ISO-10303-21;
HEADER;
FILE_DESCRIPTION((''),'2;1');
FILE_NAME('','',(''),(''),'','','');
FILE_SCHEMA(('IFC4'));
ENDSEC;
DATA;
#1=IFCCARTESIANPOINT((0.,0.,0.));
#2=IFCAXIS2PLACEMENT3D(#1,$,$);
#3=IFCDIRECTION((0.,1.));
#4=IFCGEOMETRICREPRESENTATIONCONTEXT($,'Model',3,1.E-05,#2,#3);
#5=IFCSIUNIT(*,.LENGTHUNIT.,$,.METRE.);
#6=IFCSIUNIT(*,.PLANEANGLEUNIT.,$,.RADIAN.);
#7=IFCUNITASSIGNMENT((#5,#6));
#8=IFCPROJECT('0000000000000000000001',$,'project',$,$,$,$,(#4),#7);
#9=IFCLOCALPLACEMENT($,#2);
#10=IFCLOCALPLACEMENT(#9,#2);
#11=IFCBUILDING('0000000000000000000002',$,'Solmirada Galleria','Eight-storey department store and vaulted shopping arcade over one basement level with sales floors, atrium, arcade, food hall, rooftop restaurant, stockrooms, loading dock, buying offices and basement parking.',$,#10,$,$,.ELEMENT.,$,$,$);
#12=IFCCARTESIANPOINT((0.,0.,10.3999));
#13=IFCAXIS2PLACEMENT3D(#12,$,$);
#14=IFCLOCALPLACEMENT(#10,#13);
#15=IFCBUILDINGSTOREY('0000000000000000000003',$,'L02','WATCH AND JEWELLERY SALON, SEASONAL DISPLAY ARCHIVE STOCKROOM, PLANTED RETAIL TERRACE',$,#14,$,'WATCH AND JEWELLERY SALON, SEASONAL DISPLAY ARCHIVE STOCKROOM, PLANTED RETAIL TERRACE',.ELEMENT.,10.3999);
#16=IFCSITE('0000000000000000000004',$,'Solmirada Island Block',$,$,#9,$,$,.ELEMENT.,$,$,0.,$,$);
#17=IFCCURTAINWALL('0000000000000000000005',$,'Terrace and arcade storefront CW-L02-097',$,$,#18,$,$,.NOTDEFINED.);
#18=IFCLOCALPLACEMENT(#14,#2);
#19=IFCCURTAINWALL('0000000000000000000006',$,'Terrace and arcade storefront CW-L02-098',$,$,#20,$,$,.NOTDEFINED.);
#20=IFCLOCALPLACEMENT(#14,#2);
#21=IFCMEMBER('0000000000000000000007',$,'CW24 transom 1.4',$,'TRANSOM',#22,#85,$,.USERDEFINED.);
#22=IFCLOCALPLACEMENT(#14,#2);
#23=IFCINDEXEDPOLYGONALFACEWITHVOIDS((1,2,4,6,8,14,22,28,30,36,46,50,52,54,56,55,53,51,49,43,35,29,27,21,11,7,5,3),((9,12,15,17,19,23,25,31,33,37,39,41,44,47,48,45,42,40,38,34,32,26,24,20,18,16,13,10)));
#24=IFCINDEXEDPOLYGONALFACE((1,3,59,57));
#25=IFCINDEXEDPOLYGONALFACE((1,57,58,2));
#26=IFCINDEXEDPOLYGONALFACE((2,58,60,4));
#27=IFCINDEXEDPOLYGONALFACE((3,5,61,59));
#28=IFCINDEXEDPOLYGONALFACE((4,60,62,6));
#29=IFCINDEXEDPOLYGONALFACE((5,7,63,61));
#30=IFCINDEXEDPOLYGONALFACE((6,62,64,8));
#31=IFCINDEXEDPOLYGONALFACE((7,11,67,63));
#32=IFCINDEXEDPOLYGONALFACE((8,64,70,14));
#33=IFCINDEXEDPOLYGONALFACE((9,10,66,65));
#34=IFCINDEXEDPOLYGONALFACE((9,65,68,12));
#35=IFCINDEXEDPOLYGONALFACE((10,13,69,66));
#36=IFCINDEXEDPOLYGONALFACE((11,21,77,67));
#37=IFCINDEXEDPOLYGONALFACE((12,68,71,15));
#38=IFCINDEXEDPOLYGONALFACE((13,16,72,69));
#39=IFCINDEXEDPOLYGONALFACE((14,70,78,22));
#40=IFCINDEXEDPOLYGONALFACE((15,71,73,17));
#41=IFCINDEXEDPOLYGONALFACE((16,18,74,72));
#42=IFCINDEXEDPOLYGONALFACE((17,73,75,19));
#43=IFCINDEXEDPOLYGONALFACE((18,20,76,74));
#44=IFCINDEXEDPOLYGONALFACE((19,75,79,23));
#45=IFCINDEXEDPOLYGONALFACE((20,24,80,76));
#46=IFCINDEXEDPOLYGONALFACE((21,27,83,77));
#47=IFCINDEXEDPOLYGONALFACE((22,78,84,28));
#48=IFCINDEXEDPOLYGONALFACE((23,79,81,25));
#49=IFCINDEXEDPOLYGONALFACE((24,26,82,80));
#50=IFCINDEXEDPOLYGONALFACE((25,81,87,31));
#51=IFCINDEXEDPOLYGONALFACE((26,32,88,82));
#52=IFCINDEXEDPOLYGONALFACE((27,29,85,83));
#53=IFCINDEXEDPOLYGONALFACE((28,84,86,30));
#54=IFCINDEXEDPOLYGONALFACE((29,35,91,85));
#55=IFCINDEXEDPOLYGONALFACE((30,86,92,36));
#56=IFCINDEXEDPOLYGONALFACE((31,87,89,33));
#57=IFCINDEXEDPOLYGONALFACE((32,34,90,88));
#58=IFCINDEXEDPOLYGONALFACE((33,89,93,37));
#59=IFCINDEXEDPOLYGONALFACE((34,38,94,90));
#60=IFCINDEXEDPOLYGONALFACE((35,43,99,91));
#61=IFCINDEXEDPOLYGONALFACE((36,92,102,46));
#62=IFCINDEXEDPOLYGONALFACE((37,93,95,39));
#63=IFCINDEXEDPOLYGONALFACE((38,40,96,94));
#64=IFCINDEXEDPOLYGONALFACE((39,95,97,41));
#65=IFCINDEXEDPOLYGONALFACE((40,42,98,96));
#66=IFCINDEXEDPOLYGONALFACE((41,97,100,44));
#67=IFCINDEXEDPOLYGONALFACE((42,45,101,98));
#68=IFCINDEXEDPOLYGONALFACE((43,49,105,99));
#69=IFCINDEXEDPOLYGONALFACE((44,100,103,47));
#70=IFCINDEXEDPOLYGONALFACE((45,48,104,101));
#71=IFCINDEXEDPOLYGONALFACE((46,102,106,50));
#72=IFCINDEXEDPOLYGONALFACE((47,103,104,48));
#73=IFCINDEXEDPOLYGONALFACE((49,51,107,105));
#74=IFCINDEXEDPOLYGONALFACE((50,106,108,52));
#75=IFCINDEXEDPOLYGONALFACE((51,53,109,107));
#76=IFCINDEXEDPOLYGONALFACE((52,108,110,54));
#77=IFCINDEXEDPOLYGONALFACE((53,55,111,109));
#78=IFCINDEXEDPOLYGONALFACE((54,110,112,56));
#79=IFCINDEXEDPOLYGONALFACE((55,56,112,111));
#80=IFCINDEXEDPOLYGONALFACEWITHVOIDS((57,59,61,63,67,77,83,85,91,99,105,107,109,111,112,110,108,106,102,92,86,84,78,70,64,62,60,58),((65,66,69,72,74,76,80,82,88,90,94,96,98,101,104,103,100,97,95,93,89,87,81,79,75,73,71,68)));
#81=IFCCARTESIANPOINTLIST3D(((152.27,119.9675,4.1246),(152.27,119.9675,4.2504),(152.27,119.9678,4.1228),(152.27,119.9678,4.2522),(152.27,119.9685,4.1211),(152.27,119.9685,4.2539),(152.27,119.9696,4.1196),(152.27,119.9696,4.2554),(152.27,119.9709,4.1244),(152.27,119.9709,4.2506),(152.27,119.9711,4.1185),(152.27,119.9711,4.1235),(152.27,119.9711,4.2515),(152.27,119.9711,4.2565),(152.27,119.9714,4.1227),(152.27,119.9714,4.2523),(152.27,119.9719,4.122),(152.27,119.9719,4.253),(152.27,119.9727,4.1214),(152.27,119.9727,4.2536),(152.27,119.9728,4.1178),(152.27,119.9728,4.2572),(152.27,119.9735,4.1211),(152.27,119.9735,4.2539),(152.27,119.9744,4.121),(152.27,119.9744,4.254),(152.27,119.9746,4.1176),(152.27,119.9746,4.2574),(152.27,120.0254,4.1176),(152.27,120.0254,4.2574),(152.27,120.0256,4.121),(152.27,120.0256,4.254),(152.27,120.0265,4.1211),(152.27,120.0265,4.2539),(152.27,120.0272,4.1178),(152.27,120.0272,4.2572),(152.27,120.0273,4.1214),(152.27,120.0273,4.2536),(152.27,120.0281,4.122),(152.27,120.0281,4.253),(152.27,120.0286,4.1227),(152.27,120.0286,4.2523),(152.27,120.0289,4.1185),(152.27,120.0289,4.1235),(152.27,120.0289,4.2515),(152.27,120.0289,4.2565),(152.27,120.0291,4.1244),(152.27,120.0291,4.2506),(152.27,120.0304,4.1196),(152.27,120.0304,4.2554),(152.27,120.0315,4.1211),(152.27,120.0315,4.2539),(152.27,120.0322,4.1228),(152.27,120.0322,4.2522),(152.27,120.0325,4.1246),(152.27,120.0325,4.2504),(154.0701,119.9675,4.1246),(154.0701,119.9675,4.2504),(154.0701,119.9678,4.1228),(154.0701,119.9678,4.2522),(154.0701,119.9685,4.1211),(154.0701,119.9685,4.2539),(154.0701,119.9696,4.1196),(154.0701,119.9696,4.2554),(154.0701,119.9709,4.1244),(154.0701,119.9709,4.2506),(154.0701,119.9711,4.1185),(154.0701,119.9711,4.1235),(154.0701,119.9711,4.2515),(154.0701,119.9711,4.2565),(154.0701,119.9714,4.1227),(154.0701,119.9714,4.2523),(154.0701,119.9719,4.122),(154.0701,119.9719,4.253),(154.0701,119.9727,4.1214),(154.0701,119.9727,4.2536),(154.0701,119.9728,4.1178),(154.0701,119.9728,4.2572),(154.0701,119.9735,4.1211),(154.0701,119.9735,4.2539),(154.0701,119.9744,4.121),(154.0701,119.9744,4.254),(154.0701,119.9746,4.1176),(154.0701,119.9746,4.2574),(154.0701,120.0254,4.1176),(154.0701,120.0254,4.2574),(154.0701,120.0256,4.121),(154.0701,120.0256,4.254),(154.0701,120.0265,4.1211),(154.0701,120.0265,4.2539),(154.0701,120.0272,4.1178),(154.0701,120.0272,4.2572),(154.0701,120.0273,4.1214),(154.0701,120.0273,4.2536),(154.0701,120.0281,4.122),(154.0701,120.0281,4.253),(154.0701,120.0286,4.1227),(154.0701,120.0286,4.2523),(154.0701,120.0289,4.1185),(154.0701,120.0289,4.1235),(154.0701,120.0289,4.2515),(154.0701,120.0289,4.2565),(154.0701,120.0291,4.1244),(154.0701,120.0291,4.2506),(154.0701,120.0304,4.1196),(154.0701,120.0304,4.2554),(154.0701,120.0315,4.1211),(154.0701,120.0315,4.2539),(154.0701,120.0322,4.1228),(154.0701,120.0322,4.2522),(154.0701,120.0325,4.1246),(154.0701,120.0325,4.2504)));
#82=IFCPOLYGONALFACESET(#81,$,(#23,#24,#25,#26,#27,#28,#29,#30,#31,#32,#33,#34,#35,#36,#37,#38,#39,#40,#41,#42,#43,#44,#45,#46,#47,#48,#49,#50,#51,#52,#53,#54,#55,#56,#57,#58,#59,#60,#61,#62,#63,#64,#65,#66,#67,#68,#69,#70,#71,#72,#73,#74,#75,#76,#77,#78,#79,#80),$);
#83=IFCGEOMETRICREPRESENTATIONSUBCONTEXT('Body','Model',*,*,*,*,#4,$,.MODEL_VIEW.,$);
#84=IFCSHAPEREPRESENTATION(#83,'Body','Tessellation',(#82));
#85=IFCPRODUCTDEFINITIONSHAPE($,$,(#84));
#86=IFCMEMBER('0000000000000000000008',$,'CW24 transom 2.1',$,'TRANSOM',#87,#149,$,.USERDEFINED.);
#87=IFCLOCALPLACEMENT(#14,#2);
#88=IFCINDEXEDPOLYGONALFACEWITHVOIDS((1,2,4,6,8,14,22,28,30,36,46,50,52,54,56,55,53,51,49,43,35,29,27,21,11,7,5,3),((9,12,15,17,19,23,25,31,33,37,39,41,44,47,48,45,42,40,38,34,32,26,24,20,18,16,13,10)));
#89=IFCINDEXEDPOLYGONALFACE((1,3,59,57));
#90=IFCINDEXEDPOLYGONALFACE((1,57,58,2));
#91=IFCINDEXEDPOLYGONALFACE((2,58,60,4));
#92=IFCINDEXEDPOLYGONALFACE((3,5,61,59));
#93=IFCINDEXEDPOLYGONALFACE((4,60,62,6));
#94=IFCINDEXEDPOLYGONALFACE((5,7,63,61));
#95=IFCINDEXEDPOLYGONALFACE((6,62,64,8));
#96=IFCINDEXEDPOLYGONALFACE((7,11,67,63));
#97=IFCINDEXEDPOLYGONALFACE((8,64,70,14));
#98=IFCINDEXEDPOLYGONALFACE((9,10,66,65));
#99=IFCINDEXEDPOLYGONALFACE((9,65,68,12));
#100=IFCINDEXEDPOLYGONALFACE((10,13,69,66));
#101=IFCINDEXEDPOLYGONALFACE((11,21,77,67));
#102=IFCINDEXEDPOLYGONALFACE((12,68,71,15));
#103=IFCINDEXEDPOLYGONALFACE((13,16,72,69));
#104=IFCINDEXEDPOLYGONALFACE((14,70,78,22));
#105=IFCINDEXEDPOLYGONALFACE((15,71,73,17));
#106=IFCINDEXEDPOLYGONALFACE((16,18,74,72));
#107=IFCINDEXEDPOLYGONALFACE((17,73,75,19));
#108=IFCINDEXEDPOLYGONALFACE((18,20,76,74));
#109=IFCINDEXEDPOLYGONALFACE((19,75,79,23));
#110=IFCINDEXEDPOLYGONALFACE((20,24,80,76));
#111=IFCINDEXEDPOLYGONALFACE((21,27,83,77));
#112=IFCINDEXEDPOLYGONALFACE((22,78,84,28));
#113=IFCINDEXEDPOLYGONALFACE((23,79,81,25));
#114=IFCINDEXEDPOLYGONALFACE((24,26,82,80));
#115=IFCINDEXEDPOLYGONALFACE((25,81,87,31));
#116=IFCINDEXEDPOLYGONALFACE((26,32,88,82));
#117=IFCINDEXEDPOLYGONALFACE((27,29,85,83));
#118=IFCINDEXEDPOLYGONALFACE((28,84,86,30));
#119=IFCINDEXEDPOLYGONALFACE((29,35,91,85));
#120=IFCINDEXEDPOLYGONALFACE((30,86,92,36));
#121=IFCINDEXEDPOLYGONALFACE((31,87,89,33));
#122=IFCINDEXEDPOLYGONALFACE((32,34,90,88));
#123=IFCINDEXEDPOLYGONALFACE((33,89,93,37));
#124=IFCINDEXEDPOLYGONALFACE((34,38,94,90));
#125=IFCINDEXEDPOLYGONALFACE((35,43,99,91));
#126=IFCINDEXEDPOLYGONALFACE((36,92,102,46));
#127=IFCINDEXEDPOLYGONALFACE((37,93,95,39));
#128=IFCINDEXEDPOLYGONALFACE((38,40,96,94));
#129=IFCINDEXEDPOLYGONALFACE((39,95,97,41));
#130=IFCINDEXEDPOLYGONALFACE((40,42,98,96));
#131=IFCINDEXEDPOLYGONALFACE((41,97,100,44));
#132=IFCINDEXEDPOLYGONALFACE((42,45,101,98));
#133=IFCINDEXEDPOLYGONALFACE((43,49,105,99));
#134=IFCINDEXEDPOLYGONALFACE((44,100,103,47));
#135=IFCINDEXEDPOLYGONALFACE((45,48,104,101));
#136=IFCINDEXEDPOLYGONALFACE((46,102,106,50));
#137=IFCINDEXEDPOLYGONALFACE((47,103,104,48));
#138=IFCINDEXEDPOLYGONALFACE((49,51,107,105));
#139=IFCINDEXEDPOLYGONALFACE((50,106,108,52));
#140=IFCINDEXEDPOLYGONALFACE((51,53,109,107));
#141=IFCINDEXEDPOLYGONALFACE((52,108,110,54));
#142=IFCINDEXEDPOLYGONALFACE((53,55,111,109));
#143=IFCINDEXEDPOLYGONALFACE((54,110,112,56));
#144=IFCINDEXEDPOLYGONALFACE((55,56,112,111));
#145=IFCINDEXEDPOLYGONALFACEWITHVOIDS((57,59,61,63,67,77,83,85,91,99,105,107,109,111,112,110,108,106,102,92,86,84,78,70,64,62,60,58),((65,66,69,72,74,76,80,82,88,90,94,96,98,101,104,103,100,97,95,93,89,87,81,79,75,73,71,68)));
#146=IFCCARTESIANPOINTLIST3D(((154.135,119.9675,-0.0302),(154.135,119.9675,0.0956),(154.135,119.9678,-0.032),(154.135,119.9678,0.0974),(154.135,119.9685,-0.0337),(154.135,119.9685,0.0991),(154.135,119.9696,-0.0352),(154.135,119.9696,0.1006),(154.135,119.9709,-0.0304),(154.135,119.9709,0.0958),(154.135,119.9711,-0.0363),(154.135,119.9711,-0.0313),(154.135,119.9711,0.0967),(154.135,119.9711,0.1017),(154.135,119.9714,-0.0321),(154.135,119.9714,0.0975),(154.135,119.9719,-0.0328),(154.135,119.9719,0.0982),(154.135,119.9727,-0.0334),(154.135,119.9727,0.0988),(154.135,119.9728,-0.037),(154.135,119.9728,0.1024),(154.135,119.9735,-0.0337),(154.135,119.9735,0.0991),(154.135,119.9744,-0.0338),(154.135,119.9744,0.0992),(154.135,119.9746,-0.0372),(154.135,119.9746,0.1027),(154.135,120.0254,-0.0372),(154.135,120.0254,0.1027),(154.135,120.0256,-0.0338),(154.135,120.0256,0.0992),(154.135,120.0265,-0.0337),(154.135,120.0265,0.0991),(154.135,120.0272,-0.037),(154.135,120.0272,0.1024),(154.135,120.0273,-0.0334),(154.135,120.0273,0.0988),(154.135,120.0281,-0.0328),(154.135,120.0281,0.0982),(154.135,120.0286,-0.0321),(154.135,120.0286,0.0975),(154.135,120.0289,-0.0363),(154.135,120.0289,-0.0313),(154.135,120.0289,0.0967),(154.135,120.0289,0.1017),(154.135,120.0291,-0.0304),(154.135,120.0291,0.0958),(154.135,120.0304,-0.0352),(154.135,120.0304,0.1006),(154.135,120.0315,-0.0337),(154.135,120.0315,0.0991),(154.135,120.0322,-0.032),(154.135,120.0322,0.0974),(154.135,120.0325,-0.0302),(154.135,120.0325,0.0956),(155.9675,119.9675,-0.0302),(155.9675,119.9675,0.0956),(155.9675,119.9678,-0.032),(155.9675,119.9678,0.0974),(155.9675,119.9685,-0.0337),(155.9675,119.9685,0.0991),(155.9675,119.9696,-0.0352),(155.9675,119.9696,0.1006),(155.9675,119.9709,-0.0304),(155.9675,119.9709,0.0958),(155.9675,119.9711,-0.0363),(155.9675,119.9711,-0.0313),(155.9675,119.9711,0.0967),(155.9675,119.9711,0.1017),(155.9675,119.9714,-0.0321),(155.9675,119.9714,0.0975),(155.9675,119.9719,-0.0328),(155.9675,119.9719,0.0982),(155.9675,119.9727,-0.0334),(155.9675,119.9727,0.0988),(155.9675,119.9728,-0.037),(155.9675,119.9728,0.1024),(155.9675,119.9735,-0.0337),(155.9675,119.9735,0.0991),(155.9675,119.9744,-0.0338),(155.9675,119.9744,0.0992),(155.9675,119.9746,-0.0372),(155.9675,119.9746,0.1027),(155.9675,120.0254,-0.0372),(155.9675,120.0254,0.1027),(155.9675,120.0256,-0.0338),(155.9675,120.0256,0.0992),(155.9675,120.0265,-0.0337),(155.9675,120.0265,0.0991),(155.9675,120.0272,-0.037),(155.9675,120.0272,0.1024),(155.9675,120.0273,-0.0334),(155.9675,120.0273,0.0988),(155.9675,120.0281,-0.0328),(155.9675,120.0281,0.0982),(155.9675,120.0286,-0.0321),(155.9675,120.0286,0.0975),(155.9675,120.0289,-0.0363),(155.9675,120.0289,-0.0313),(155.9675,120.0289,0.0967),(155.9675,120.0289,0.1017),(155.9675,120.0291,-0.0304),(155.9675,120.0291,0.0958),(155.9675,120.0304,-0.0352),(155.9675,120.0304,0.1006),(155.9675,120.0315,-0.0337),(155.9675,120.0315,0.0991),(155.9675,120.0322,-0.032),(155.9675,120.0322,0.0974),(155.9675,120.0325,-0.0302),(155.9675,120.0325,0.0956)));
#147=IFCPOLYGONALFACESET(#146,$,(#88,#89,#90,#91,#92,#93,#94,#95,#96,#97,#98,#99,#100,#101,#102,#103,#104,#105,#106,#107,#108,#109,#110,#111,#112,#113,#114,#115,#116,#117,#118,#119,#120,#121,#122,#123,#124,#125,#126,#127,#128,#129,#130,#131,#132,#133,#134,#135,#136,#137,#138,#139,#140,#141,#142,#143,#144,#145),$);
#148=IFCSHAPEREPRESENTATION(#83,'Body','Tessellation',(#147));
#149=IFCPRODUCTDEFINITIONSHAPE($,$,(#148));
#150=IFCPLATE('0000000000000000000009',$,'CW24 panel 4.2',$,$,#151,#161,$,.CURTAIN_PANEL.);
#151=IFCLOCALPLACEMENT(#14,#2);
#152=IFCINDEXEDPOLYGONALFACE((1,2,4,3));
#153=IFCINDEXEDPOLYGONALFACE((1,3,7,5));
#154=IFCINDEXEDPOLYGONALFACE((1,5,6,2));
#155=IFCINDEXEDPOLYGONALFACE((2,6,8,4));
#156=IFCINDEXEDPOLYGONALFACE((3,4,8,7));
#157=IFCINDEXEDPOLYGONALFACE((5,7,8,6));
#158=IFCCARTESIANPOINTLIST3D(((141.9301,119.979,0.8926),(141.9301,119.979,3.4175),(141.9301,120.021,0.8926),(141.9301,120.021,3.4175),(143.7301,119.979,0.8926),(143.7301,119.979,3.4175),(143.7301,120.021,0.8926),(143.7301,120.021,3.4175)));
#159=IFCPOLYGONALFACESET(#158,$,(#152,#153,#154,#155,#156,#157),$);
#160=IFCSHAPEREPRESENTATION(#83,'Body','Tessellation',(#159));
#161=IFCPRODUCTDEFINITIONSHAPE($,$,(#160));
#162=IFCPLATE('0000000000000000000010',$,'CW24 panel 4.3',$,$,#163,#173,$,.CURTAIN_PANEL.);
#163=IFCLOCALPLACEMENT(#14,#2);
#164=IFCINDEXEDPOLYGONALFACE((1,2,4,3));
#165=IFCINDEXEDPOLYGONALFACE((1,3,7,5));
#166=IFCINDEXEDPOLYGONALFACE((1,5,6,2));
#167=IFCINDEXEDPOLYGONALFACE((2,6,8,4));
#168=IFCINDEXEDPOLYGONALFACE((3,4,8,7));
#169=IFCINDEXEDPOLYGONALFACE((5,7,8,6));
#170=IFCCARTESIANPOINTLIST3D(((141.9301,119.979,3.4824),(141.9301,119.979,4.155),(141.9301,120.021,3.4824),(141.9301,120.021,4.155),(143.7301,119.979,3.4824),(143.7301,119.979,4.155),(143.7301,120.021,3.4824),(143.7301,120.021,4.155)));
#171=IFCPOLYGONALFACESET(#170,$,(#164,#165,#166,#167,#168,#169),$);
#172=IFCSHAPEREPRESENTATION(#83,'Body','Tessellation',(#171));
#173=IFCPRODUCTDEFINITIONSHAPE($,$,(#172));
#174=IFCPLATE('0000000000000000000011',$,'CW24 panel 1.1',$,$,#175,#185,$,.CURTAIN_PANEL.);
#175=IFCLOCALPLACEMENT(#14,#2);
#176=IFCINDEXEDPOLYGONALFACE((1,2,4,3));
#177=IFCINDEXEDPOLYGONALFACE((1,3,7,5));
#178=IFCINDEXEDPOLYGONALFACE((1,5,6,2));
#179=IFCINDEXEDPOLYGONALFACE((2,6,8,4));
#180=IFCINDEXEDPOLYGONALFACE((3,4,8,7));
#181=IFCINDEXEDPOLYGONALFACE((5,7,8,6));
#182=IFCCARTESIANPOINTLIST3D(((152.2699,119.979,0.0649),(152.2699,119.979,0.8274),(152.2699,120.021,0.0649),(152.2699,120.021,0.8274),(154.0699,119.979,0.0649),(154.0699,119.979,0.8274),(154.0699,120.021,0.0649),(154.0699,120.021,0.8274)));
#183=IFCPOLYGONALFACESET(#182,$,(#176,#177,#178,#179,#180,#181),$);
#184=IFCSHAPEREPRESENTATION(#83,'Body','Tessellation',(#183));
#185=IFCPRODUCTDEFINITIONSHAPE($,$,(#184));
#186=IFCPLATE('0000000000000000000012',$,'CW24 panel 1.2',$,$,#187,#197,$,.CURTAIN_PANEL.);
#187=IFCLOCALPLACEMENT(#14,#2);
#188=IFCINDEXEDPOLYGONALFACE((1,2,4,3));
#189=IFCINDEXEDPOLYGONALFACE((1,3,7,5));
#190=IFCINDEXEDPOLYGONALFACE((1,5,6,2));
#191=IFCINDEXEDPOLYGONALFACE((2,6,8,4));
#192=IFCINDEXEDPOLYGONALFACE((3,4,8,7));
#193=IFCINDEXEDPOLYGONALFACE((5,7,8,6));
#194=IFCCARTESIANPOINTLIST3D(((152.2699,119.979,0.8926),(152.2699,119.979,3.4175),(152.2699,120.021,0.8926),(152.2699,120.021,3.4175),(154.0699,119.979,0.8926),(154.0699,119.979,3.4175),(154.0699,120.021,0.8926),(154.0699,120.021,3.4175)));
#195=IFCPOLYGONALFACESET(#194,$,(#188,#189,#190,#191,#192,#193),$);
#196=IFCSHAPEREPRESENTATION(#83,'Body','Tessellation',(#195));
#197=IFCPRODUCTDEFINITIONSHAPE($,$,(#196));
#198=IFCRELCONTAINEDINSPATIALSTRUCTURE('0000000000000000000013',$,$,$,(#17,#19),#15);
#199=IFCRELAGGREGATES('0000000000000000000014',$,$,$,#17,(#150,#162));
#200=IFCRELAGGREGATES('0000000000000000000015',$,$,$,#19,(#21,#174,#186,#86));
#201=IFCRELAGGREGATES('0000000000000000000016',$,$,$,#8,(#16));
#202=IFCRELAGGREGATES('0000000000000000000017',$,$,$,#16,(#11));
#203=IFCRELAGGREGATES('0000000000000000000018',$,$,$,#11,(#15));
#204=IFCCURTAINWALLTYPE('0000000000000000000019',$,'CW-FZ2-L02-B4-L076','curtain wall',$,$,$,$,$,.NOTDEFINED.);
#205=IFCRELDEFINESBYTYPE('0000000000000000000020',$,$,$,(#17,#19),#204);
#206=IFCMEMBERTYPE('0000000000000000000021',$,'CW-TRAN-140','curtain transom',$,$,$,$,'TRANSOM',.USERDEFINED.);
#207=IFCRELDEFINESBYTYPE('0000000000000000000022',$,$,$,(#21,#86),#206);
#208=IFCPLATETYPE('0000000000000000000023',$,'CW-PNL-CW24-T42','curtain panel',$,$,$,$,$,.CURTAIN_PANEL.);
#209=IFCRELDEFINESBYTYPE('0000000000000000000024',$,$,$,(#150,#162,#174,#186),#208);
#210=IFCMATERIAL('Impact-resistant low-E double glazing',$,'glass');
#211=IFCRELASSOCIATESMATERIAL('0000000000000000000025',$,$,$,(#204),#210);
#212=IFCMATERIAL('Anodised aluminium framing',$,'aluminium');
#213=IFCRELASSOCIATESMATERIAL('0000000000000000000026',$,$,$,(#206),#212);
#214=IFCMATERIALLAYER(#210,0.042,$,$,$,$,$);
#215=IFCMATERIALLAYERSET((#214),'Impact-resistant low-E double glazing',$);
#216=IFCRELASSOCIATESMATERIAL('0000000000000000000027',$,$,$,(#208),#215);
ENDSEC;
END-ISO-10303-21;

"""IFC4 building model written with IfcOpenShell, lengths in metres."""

from ifc_helpers import new_model, si_unit, direction, frame, origin, origin_2d, place, context, subcontext, project, spatial, rectangle, hollow_rectangle, extrude, material, layer, layer_set, material_profile, profile_set, type_object, element, aggregate, save


model = new_model("IFC4")

# Units and contexts
model_context = context("Model", 3, precision=1e-05, world=origin(), true_north=direction((0.0, 1.0)))
body_context = subcontext(model_context, "Body", "Model", "MODEL_VIEW")
ifc_project = project(units=[si_unit("LENGTHUNIT", "METRE"), si_unit("PLANEANGLEUNIT", "RADIAN")], contexts=[model_context])

# Site, building, storey
site_placement = place(None, origin())
site = spatial("IfcSite", under=ifc_project, at=site_placement, Name="Solmirada Island Block", CompositionType="ELEMENT", RefElevation=0.0)
building_placement = place(site_placement, origin())
building = spatial("IfcBuilding", under=site, at=building_placement, Name="Solmirada Galleria", Description="Eight-storey department store and vaulted shopping arcade over one basement level with sales floors, atrium, arcade, food hall, rooftop restaurant, stockrooms, loading dock, buying offices and basement parking.", CompositionType="ELEMENT")
storey_placement = place(building_placement, frame((0.0, 0.0, 10.3999)))
storey = spatial("IfcBuildingStorey", under=building, at=storey_placement, Name="L02", Description="WATCH AND JEWELLERY SALON, SEASONAL DISPLAY ARCHIVE STOCKROOM, PLANTED RETAIL TERRACE", LongName="WATCH AND JEWELLERY SALON, SEASONAL DISPLAY ARCHIVE STOCKROOM, PLANTED RETAIL TERRACE", CompositionType="ELEMENT", Elevation=10.3999)

# Curtain wall
ifc_material_1 = material(Name="Impact-resistant low-E double glazing", Category="glass")
curtain_wall_type = type_object("IfcCurtainWallType", Name="CW-FZ2-L02-B4-L076", Description="curtain wall", PredefinedType="NOTDEFINED", material=ifc_material_1)
curtain_wall_1_placement = place(storey_placement, origin())
curtain_wall_1 = element("IfcCurtainWall", 1, at=curtain_wall_1_placement, inside=storey, type_object=curtain_wall_type, Name="Terrace and arcade storefront CW-L02-097", PredefinedType="NOTDEFINED")
ifc_material_2 = material(Name="Anodised aluminium framing", Category="aluminium")

# Curtain wall, members
curtain_wall_2_placement = place(storey_placement, origin())
curtain_wall_2 = element("IfcCurtainWall", 2, at=curtain_wall_2_placement, inside=storey, type_object=curtain_wall_type, Name="Terrace and arcade storefront CW-L02-098", PredefinedType="NOTDEFINED")
ifc_material_profile_1 = material_profile(ifc_material_2, hollow_rectangle(XDim=0.0649, YDim=0.1399, WallThickness=0.0034, InnerFilletRadius=0.0034, OuterFilletRadius=0.0071, at=origin_2d()), Name="ALU-TRAN-140X65")
ifc_profile_set_1 = profile_set([ifc_material_profile_1], Name="Anodised aluminium framing")
member_type_1 = type_object("IfcMemberType", Name="CW-TRAN-140", Description="curtain transom", ElementType="TRANSOM", PredefinedType="USERDEFINED", material=ifc_profile_set_1)
member_1_placement = place(storey_placement, frame((152.27, 120.0, 4.1875), z_axis=(1.0, 0.0, 0.0), x_axis=(0.0, 1.0, 0.0)))
member_1 = element("IfcMember", 3, at=member_1_placement, type_object=member_type_1, Name="CW24 transom 1.4", ObjectType="TRANSOM", PredefinedType="USERDEFINED", context=body_context, shape_type="SweptSolid", body=[
    extrude(hollow_rectangle(XDim=0.0649, YDim=0.1399, WallThickness=0.0034, InnerFilletRadius=0.0034, OuterFilletRadius=0.0071, at=origin_2d()), origin(), (0.0, 0.0, 1.0), 1.8),
])
member_2_placement = place(storey_placement, frame((154.135, 120.0, 0.0327), z_axis=(1.0, 0.0, 0.0), x_axis=(0.0, 1.0, 0.0)))
member_2 = element("IfcMember", 4, at=member_2_placement, type_object=member_type_1, Name="CW24 transom 2.1", ObjectType="TRANSOM", PredefinedType="USERDEFINED", context=body_context, shape_type="SweptSolid", body=[
    extrude(hollow_rectangle(XDim=0.0649, YDim=0.1399, WallThickness=0.0034, InnerFilletRadius=0.0034, OuterFilletRadius=0.0071, at=origin_2d()), origin(), (0.0, 0.0, 1.0), 1.8325),
])

# Plates
ifc_layer_1 = layer(ifc_material_1, 0.042)
ifc_layer_set_1 = layer_set([ifc_layer_1], Name="Impact-resistant low-E double glazing")
plate_type = type_object("IfcPlateType", Name="CW-PNL-CW24-T42", Description="curtain panel", PredefinedType="CURTAIN_PANEL", material=ifc_layer_set_1)
plate_1_placement = place(storey_placement, frame((142.8301, 120.0, 0.8926), z_axis=(0.0, 0.0, 1.0), x_axis=(1.0, 0.0, 0.0)))
plate_1 = element("IfcPlate", 5, at=plate_1_placement, type_object=plate_type, Name="CW24 panel 4.2", PredefinedType="CURTAIN_PANEL", context=body_context, shape_type="SweptSolid", body=[
    extrude(rectangle(XDim=1.8, YDim=0.042, at=origin_2d()), origin(), (0.0, 0.0, 1.0), 2.5249),
])
plate_2_placement = place(storey_placement, frame((142.8301, 120.0, 3.4824), z_axis=(0.0, 0.0, 1.0), x_axis=(1.0, 0.0, 0.0)))
plate_2 = element("IfcPlate", 6, at=plate_2_placement, type_object=plate_type, Name="CW24 panel 4.3", PredefinedType="CURTAIN_PANEL", context=body_context, shape_type="SweptSolid", body=[
    extrude(rectangle(XDim=1.8, YDim=0.042, at=origin_2d()), origin(), (0.0, 0.0, 1.0), 0.6726),
])
aggregate(curtain_wall_1, [plate_1, plate_2])
plate_3_placement = place(storey_placement, frame((153.1699, 120.0, 0.0649), z_axis=(0.0, 0.0, 1.0), x_axis=(1.0, 0.0, 0.0)))
plate_3 = element("IfcPlate", 7, at=plate_3_placement, type_object=plate_type, Name="CW24 panel 1.1", PredefinedType="CURTAIN_PANEL", context=body_context, shape_type="SweptSolid", body=[
    extrude(rectangle(XDim=1.8, YDim=0.042, at=origin_2d()), origin(), (0.0, 0.0, 1.0), 0.7625),
])
plate_4_placement = place(storey_placement, frame((153.1699, 120.0, 0.8926), z_axis=(0.0, 0.0, 1.0), x_axis=(1.0, 0.0, 0.0)))
plate_4 = element("IfcPlate", 8, at=plate_4_placement, type_object=plate_type, Name="CW24 panel 1.2", PredefinedType="CURTAIN_PANEL", context=body_context, shape_type="SweptSolid", body=[
    extrude(rectangle(XDim=1.8, YDim=0.042, at=origin_2d()), origin(), (0.0, 0.0, 1.0), 2.5249),
])
aggregate(curtain_wall_2, [member_1, plate_3, plate_4, member_2])

save(model, "model.ifc")
